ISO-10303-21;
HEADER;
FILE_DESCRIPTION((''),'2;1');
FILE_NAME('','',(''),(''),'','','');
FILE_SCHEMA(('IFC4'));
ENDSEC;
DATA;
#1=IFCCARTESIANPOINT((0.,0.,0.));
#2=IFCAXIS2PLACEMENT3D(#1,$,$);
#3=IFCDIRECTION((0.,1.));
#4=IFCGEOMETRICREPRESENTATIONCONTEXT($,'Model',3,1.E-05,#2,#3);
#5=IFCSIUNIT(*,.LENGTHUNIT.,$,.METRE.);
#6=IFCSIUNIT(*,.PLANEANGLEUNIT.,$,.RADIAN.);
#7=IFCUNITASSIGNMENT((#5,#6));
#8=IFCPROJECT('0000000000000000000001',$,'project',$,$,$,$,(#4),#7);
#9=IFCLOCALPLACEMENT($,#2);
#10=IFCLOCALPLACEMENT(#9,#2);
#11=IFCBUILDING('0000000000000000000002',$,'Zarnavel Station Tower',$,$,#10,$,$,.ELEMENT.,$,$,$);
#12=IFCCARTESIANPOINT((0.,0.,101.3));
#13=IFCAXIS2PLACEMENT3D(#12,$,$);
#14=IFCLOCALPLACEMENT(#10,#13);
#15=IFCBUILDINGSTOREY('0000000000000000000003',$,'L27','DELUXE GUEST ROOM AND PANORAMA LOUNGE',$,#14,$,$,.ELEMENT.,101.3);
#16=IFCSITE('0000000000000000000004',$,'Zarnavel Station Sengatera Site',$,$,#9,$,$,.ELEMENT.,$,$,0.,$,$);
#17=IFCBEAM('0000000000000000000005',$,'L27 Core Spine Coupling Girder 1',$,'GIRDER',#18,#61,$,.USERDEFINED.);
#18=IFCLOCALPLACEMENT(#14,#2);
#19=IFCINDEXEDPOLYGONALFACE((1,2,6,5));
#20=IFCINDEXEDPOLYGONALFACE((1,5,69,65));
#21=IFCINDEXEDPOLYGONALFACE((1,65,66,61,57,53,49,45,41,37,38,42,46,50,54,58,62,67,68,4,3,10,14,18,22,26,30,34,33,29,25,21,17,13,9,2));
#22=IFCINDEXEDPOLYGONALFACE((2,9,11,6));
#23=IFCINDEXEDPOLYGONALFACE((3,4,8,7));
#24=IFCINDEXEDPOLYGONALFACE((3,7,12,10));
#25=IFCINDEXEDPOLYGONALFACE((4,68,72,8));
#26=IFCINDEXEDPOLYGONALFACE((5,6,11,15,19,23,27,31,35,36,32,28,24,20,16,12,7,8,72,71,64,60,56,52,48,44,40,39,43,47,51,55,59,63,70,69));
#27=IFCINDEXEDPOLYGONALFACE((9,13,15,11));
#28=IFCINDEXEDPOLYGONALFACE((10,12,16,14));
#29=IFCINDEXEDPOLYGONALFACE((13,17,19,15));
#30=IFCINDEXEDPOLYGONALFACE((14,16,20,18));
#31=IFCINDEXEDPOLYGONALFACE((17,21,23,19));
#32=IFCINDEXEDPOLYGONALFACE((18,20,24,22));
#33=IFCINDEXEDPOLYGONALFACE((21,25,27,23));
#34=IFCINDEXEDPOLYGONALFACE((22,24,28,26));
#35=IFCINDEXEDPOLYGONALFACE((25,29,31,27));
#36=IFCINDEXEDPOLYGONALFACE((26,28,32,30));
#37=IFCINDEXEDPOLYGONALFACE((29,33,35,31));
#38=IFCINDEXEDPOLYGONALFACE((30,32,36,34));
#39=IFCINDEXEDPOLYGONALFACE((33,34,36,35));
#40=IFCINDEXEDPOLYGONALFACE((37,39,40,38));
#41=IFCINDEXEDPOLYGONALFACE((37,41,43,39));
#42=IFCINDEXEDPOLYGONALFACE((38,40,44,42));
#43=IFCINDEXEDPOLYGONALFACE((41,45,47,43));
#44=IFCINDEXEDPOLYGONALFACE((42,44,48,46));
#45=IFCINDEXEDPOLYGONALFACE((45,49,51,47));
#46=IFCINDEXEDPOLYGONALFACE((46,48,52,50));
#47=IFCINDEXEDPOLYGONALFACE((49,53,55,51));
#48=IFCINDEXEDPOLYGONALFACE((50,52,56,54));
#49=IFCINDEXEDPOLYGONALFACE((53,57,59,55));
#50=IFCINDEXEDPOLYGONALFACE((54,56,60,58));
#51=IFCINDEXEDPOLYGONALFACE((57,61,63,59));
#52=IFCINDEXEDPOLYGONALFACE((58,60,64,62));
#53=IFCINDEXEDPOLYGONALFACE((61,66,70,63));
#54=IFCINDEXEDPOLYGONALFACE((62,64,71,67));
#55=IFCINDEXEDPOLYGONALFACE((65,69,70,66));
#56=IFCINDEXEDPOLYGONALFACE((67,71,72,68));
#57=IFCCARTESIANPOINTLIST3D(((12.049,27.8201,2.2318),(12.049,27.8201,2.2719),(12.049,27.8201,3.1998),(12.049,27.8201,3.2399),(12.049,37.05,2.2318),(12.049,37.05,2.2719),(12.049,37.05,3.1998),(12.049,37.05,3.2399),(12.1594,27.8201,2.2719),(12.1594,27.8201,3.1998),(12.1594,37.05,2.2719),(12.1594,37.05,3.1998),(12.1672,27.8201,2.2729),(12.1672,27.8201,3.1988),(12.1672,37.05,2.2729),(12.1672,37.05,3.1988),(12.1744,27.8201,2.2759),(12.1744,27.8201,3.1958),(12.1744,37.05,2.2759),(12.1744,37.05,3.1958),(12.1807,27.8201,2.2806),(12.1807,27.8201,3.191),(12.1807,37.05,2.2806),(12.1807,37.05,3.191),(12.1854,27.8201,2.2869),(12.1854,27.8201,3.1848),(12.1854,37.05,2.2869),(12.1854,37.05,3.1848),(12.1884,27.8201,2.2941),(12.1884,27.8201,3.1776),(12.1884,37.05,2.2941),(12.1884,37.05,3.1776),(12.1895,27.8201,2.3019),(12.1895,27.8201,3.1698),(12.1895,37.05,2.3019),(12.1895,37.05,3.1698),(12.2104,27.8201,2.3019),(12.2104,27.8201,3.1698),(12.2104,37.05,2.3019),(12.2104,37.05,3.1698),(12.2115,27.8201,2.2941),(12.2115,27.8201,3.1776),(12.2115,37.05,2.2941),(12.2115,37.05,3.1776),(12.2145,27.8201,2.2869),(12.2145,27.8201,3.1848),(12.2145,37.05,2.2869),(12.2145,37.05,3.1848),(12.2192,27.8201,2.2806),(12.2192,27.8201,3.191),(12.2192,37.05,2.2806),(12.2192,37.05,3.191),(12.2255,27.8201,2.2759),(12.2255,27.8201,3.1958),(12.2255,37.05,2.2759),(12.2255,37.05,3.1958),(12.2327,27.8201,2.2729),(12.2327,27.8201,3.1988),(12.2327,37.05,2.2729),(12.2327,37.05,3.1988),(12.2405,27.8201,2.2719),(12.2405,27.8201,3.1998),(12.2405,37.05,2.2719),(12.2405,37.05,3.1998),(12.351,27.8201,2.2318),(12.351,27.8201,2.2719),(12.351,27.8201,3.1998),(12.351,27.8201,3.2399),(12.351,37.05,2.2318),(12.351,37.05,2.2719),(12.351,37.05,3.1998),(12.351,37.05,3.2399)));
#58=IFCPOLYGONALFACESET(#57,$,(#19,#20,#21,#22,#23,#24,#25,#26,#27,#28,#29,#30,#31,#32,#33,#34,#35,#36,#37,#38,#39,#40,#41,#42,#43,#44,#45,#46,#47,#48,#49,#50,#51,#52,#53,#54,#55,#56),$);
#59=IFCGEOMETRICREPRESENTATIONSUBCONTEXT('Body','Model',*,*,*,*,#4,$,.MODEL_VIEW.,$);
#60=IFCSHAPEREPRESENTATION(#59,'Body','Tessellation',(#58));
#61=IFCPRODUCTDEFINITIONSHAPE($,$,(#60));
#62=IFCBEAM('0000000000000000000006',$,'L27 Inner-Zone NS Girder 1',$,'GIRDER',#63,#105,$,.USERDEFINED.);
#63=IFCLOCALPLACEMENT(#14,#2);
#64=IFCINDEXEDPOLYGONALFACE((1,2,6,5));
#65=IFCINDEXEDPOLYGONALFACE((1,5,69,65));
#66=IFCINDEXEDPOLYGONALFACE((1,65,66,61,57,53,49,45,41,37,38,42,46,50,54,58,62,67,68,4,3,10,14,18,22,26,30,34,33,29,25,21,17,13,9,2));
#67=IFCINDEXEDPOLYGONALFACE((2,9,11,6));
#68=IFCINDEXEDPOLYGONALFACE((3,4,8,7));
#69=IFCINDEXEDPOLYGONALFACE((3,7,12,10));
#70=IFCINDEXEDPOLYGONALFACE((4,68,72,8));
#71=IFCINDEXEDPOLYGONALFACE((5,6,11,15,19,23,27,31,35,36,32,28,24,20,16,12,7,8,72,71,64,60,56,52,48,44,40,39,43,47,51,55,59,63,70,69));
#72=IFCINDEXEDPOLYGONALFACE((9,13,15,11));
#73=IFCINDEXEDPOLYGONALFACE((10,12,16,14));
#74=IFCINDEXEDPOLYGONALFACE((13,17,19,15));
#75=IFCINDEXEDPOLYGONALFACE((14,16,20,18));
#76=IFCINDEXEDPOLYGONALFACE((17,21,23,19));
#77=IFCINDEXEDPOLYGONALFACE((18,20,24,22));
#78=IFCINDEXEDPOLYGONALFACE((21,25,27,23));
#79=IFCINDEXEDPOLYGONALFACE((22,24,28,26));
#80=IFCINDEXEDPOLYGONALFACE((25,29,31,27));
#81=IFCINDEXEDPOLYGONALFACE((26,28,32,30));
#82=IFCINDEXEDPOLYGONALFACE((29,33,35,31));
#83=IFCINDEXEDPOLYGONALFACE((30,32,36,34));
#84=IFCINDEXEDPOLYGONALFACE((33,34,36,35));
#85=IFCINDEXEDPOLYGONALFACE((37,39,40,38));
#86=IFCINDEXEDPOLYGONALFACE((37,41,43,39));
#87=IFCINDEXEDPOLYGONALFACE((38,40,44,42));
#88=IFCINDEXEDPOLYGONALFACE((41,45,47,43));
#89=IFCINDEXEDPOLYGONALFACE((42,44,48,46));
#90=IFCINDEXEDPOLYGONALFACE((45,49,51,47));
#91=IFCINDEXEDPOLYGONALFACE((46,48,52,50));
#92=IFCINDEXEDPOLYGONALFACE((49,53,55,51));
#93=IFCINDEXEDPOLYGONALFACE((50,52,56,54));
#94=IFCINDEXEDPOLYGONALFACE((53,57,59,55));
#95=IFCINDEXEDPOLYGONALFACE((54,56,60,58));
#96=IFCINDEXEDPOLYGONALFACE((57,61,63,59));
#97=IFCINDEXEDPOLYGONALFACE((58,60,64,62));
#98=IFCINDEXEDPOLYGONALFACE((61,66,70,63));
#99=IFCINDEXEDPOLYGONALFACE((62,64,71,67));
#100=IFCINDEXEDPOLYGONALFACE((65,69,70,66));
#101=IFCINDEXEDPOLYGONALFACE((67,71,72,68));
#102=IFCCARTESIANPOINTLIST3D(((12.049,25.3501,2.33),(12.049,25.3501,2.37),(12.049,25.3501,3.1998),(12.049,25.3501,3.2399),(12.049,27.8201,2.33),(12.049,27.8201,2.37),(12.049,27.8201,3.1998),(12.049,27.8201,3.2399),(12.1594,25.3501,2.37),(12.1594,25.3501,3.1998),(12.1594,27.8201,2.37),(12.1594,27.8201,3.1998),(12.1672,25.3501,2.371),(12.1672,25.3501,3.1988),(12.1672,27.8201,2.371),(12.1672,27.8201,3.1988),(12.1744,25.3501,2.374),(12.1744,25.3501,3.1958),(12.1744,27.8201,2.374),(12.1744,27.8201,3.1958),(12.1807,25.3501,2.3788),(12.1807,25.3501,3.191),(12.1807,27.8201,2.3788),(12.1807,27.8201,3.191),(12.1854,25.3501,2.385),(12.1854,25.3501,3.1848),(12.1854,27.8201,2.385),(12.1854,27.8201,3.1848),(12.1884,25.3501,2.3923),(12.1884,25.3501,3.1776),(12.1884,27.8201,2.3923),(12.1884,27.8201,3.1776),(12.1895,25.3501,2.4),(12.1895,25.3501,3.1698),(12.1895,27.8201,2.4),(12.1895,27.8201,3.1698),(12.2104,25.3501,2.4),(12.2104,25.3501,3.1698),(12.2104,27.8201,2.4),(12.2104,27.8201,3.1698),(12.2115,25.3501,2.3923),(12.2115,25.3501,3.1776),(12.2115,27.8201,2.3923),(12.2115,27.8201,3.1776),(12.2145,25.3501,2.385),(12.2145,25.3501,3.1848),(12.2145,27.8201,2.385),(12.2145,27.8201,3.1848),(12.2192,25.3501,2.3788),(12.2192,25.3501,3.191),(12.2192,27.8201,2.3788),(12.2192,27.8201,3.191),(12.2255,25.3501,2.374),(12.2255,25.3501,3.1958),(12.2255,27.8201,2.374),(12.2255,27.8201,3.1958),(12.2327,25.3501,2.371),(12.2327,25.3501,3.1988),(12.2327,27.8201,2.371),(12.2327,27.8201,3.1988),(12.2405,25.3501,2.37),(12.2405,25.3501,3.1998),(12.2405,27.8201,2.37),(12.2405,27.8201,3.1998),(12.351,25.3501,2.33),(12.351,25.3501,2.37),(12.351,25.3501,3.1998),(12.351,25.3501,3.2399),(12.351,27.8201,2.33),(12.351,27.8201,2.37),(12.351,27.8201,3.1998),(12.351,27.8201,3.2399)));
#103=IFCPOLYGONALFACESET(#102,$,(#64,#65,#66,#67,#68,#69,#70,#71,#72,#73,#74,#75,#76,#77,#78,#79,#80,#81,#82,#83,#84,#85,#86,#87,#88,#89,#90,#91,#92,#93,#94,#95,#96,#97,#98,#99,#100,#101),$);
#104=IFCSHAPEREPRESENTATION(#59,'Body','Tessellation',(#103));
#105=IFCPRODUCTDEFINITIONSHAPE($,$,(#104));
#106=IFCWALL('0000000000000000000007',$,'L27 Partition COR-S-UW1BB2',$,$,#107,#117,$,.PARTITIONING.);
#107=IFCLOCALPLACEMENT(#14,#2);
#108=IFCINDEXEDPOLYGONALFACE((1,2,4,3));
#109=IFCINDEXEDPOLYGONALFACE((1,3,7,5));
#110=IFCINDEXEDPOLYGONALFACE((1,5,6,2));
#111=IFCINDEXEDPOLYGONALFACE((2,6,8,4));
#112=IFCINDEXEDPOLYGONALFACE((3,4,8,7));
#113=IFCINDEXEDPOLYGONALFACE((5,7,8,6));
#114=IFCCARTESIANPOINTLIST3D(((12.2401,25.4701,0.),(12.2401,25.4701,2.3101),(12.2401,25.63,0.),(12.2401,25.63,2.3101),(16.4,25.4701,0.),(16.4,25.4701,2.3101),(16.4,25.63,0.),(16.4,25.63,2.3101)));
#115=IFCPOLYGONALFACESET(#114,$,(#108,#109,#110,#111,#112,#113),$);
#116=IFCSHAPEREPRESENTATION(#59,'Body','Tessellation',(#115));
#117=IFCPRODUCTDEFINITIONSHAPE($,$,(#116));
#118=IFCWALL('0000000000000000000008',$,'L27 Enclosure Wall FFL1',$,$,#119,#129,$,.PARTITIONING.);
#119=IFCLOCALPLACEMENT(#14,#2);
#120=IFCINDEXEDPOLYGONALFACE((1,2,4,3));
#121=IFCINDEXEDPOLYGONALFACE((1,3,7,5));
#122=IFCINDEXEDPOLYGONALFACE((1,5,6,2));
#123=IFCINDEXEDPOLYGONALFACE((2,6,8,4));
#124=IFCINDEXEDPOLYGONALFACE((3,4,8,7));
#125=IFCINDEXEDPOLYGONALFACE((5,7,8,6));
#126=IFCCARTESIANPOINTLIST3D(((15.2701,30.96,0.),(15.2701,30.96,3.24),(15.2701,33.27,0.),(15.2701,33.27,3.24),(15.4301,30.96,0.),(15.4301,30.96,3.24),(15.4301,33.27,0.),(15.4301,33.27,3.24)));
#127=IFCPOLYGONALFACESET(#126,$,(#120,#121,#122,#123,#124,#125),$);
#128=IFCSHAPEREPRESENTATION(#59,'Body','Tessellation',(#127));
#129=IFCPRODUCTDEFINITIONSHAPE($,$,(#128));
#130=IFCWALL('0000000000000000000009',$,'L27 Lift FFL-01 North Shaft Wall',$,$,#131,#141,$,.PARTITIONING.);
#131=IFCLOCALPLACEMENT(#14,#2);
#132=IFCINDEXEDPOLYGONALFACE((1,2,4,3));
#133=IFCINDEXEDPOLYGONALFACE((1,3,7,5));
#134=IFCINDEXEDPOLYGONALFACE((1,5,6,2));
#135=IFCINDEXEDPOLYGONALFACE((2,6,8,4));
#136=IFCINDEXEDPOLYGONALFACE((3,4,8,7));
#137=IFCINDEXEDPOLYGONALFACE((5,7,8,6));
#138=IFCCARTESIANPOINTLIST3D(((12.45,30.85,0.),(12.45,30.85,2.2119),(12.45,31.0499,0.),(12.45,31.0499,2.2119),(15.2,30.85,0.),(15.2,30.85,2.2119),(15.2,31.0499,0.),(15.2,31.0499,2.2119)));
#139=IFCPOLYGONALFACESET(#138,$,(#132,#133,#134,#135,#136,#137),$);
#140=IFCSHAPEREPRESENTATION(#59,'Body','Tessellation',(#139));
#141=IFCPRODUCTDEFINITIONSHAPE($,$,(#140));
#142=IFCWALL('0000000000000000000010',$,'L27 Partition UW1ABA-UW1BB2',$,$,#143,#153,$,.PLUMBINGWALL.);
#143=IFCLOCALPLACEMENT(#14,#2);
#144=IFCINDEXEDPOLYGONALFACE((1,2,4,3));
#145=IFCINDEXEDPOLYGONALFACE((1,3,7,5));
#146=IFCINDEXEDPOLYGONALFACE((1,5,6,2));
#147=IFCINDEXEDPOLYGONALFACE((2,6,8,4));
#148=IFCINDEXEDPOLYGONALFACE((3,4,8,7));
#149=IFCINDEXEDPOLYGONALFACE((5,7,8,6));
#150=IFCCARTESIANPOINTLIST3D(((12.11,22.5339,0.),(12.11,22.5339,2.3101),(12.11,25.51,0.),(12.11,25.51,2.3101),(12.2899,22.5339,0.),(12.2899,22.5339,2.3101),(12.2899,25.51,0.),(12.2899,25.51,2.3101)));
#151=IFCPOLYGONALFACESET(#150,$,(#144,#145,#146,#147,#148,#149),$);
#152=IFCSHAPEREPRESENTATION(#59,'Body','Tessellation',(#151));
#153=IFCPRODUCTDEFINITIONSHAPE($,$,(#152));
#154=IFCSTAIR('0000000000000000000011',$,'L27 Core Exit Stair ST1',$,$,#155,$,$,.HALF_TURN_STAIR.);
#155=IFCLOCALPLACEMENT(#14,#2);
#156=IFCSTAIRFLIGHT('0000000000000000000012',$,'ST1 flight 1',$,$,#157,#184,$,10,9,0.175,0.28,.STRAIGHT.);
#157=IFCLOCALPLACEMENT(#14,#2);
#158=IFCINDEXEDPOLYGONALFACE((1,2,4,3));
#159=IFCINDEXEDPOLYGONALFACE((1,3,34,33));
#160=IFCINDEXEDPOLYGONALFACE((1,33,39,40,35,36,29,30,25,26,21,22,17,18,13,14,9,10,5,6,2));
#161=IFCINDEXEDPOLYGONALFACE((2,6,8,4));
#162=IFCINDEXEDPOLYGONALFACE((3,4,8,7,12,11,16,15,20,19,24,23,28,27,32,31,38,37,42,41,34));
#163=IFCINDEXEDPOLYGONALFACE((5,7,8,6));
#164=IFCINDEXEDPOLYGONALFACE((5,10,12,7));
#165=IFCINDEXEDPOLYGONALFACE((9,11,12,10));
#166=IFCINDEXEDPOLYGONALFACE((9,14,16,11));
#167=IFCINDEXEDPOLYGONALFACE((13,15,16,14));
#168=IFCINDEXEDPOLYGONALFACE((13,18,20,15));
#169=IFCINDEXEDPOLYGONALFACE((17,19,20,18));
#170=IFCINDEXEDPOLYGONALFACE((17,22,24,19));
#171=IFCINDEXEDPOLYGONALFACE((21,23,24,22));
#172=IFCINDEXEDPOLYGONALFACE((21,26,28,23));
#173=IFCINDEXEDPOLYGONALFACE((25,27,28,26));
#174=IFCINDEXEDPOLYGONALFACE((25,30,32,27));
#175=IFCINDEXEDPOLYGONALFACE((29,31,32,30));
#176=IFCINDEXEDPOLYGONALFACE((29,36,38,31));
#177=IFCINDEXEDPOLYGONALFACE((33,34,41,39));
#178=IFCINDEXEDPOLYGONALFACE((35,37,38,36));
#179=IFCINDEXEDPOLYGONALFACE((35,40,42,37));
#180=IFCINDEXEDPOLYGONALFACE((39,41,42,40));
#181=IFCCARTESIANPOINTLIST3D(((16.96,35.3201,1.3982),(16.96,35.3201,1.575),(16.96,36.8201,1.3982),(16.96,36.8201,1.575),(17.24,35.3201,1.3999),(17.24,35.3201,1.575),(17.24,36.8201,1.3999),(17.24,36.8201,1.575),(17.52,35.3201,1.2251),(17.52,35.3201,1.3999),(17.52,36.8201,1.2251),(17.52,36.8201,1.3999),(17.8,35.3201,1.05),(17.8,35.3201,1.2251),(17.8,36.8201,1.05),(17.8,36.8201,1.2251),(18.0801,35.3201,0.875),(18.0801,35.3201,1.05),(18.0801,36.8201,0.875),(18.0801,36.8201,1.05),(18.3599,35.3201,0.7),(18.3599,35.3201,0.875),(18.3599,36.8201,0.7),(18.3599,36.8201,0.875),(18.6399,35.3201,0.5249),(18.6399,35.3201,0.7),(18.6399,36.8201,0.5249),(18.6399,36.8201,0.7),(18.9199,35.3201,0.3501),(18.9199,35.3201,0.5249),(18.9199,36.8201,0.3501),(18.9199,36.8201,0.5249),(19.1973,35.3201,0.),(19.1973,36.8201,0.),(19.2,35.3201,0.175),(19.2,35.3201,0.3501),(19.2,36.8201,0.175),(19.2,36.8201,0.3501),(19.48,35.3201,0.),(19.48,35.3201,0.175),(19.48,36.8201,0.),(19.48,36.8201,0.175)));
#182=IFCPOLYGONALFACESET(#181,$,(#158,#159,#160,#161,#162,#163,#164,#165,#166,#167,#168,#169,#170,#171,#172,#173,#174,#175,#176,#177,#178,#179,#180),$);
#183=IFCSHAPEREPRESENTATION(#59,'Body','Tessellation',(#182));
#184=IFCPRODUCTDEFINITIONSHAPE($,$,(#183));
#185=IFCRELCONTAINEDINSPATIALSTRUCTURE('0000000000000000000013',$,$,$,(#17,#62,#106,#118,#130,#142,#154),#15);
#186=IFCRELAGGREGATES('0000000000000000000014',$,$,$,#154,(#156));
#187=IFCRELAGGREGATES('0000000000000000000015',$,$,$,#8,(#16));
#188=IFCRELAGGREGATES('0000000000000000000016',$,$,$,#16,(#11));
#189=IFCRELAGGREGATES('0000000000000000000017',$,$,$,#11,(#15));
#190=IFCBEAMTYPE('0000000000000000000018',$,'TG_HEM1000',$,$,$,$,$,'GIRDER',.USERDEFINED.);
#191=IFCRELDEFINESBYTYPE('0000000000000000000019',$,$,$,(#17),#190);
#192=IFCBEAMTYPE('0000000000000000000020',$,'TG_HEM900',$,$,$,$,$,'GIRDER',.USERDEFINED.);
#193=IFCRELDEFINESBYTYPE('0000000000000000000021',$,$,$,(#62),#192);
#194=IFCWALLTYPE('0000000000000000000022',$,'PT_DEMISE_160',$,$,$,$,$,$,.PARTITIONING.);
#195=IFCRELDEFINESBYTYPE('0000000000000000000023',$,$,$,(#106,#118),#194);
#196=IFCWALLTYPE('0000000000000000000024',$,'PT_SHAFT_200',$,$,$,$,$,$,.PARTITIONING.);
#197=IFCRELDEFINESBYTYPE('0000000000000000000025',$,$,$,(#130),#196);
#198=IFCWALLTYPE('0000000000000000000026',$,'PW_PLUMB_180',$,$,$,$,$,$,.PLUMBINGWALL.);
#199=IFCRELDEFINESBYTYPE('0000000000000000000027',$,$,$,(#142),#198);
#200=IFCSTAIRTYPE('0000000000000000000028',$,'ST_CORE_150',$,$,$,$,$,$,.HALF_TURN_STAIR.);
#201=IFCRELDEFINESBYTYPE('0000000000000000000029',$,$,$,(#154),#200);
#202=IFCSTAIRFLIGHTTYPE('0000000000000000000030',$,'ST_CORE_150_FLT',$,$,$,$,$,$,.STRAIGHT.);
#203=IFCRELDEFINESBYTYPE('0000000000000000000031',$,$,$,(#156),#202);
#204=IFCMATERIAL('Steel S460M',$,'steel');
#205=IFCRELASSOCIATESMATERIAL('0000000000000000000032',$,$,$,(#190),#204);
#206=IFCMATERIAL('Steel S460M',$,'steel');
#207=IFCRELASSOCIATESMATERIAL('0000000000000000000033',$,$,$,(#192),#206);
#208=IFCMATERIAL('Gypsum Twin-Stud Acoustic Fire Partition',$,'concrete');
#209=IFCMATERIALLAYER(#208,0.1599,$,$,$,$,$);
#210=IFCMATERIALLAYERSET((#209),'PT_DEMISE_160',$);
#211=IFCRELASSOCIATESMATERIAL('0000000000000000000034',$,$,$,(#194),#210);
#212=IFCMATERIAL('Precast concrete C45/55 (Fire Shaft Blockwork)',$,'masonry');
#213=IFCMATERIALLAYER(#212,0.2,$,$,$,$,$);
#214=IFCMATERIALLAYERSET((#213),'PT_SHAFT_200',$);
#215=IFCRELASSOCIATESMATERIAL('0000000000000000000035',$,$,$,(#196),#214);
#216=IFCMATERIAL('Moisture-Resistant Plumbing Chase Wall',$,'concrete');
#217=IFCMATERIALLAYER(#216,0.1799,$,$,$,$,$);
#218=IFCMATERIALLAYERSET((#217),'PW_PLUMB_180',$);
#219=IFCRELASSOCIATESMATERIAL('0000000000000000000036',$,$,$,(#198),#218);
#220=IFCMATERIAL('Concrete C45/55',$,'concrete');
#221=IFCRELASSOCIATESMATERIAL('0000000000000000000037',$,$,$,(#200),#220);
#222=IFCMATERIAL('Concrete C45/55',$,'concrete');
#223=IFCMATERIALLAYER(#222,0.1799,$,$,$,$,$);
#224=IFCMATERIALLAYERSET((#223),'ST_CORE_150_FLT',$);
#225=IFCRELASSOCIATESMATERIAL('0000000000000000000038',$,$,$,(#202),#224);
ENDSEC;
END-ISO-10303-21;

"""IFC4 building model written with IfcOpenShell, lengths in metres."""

from ifc_helpers import new_model, si_unit, direction, frame, frame_2d, origin, origin_2d, place, context, subcontext, project, spatial, polyline, rectangle, i_section, outline, extrude, material, layer, layer_set, material_profile, profile_set, type_object, element, aggregate, save


model = new_model("IFC4")

# Units and contexts
model_context = context("Model", 3, precision=1e-05, world=origin(), true_north=direction((0.0, 1.0)))
body_context = subcontext(model_context, "Body", "Model", "MODEL_VIEW")
ifc_project = project(units=[si_unit("LENGTHUNIT", "METRE"), si_unit("PLANEANGLEUNIT", "RADIAN")], contexts=[model_context])

# Site, building, storey
site_placement = place(None, origin())
site = spatial("IfcSite", under=ifc_project, at=site_placement, Name="Zarnavel Station Sengatera Site", CompositionType="ELEMENT", RefElevation=0.0)
building_placement = place(site_placement, origin())
building = spatial("IfcBuilding", under=site, at=building_placement, Name="Zarnavel Station Tower", CompositionType="ELEMENT")
storey_placement = place(building_placement, frame((0.0, 0.0, 101.3)))
storey = spatial("IfcBuildingStorey", under=building, at=storey_placement, Name="L27", Description="DELUXE GUEST ROOM AND PANORAMA LOUNGE", CompositionType="ELEMENT", Elevation=101.3)

# Beams
ifc_material_1 = material(Name="Steel S460M", Category="steel")
ifc_material_profile_1 = material_profile(ifc_material_1, i_section(OverallWidth=0.302, OverallDepth=1.0081, WebThickness=0.021, FlangeThickness=0.04, FilletRadius=0.03, at=origin_2d()), Name="HEM1000")
ifc_profile_set_1 = profile_set([ifc_material_profile_1], Name="Steel S460M")
beam_type_1 = type_object("IfcBeamType", Name="TG_HEM1000", ElementType="GIRDER", PredefinedType="USERDEFINED", material=ifc_profile_set_1)
beam_1_placement = place(storey_placement, frame((12.2, 27.8201, 2.7358), z_axis=(0.0, 1.0, 0.0), x_axis=(-1.0, 0.0, 0.0)))
element("IfcBeam", 1, at=beam_1_placement, inside=storey, type_object=beam_type_1, Name="L27 Core Spine Coupling Girder 1", ObjectType="GIRDER", PredefinedType="USERDEFINED", context=body_context, shape_type="SweptSolid", body=[
    extrude(i_section(OverallWidth=0.302, OverallDepth=1.0081, WebThickness=0.021, FlangeThickness=0.04, FilletRadius=0.03, at=origin_2d()), origin(), (0.0, 0.0, 1.0), 9.23),
])
ifc_material_2 = material(Name="Steel S460M", Category="steel")
ifc_material_profile_2 = material_profile(ifc_material_2, i_section(OverallWidth=0.302, OverallDepth=0.9099, WebThickness=0.021, FlangeThickness=0.04, FilletRadius=0.03, at=origin_2d()), Name="HEM900")
ifc_profile_set_2 = profile_set([ifc_material_profile_2], Name="Steel S460M")
beam_type_2 = type_object("IfcBeamType", Name="TG_HEM900", ElementType="GIRDER", PredefinedType="USERDEFINED", material=ifc_profile_set_2)
beam_2_placement = place(storey_placement, frame((12.2, 25.3501, 2.7849), z_axis=(0.0, 1.0, 0.0), x_axis=(-1.0, 0.0, 0.0)))
element("IfcBeam", 2, at=beam_2_placement, inside=storey, type_object=beam_type_2, Name="L27 Inner-Zone NS Girder 1", ObjectType="GIRDER", PredefinedType="USERDEFINED", context=body_context, shape_type="SweptSolid", body=[
    extrude(i_section(OverallWidth=0.302, OverallDepth=0.9099, WebThickness=0.021, FlangeThickness=0.04, FilletRadius=0.03, at=origin_2d()), origin(), (0.0, 0.0, 1.0), 2.47),
])

# Shared definitions
ifc_material_3 = material(Name="Gypsum Twin-Stud Acoustic Fire Partition", Category="concrete")
ifc_layer_1 = layer(ifc_material_3, 0.1599)
ifc_layer_set_1 = layer_set([ifc_layer_1], Name="PT_DEMISE_160")
wall_type_1 = type_object("IfcWallType", Name="PT_DEMISE_160", PredefinedType="PARTITIONING", material=ifc_layer_set_1)

# Walls
wall_1_placement = place(storey_placement, frame((12.24, 25.55, 0.0), z_axis=(0.0, 0.0, 1.0), x_axis=(1.0, 0.0, 0.0)))
element("IfcWall", 3, at=wall_1_placement, inside=storey, type_object=wall_type_1, Name="L27 Partition COR-S-UW1BB2", PredefinedType="PARTITIONING", context=body_context, shape_type="SweptSolid", body=[
    extrude(rectangle(XDim=4.1599, YDim=0.1599, at=frame_2d((2.0801, 0.0))), origin(), (0.0, 0.0, 1.0), 2.3101),
])
wall_2_placement = place(storey_placement, frame((15.3501, 30.96, 0.0), z_axis=(0.0, 0.0, 1.0), x_axis=(0.0, 1.0, 0.0)))
element("IfcWall", 4, at=wall_2_placement, inside=storey, type_object=wall_type_1, Name="L27 Enclosure Wall FFL1", PredefinedType="PARTITIONING", context=body_context, shape_type="SweptSolid", body=[
    extrude(rectangle(XDim=2.3101, YDim=0.1599, at=frame_2d((1.155, 0.0))), origin(), (0.0, 0.0, 1.0), 3.24),
])

# Shared definitions
ifc_material_4 = material(Name="Precast concrete C45/55 (Fire Shaft Blockwork)", Category="masonry")
ifc_layer_2 = layer(ifc_material_4, 0.2)
ifc_layer_set_2 = layer_set([ifc_layer_2], Name="PT_SHAFT_200")
wall_type_2 = type_object("IfcWallType", Name="PT_SHAFT_200", PredefinedType="PARTITIONING", material=ifc_layer_set_2)

# Walls
wall_3_placement = place(storey_placement, frame((12.45, 30.95, 0.0), z_axis=(0.0, 0.0, 1.0), x_axis=(1.0, 0.0, 0.0)))
element("IfcWall", 5, at=wall_3_placement, inside=storey, type_object=wall_type_2, Name="L27 Lift FFL-01 North Shaft Wall", PredefinedType="PARTITIONING", context=body_context, shape_type="SweptSolid", body=[
    extrude(rectangle(XDim=2.75, YDim=0.2, at=frame_2d((1.375, 0.0))), origin(), (0.0, 0.0, 1.0), 2.2119),
])
ifc_material_5 = material(Name="Moisture-Resistant Plumbing Chase Wall", Category="concrete")
ifc_layer_3 = layer(ifc_material_5, 0.1799)
ifc_layer_set_3 = layer_set([ifc_layer_3], Name="PW_PLUMB_180")
wall_type_3 = type_object("IfcWallType", Name="PW_PLUMB_180", PredefinedType="PLUMBINGWALL", material=ifc_layer_set_3)
wall_4_placement = place(storey_placement, frame((12.2, 22.5339, 0.0), z_axis=(0.0, 0.0, 1.0), x_axis=(0.0, 1.0, 0.0)))
element("IfcWall", 6, at=wall_4_placement, inside=storey, type_object=wall_type_3, Name="L27 Partition UW1ABA-UW1BB2", PredefinedType="PLUMBINGWALL", context=body_context, shape_type="SweptSolid", body=[
    extrude(rectangle(XDim=2.9761, YDim=0.1799, at=frame_2d((1.488, 0.0))), origin(), (0.0, 0.0, 1.0), 2.3101),
])

# Stair, stair flight
ifc_material_6 = material(Name="Concrete C45/55", Category="concrete")
stair_type = type_object("IfcStairType", Name="ST_CORE_150", PredefinedType="HALF_TURN_STAIR", material=ifc_material_6)
stair_placement = place(storey_placement, origin())
stair = element("IfcStair", 7, at=stair_placement, inside=storey, type_object=stair_type, Name="L27 Core Exit Stair ST1", PredefinedType="HALF_TURN_STAIR")
ifc_material_7 = material(Name="Concrete C45/55", Category="concrete")
ifc_layer_4 = layer(ifc_material_7, 0.1799)
ifc_layer_set_4 = layer_set([ifc_layer_4], Name="ST_CORE_150_FLT")
stair_flight_type = type_object("IfcStairFlightType", Name="ST_CORE_150_FLT", PredefinedType="STRAIGHT", material=ifc_layer_set_4)
stair_flight_1_placement = place(storey_placement, frame((19.48, 36.0701, 0.0), z_axis=(0.0, 0.0, 1.0), x_axis=(-1.0, 0.0, 0.0)))
stair_flight_1 = element("IfcStairFlight", 8, at=stair_flight_1_placement, type_object=stair_flight_type, Name="ST1 flight 1", NumberOfRisers=10, NumberOfTreads=9, PredefinedType="STRAIGHT", RiserHeight=0.175, TreadLength=0.28, context=body_context, shape_type="SweptSolid", body=[
    extrude(outline(polyline([(0.0, 0.0), (0.0, 0.175), (0.28, 0.175), (0.28, 0.3501), (0.5601, 0.3501), (0.5601, 0.5249), (0.8401, 0.5249), (0.8401, 0.7), (1.1201, 0.7), (1.1201, 0.875), (1.3999, 0.875), (1.3999, 1.05), (1.6799, 1.05), (1.6799, 1.2251), (1.96, 1.2251), (1.96, 1.3999), (2.24, 1.3999), (2.24, 1.575), (2.52, 1.575), (2.52, 1.75), (2.52, 1.3982), (0.2827, 0.0), (0.0, 0.0)])), frame((0.0, 0.75, 0.0), z_axis=(0.0, -1.0, 0.0), x_axis=(1.0, 0.0, 0.0)), (0.0, 0.0, 1.0), 1.5),
])
aggregate(stair, [stair_flight_1])

save(model, "model.ifc")
